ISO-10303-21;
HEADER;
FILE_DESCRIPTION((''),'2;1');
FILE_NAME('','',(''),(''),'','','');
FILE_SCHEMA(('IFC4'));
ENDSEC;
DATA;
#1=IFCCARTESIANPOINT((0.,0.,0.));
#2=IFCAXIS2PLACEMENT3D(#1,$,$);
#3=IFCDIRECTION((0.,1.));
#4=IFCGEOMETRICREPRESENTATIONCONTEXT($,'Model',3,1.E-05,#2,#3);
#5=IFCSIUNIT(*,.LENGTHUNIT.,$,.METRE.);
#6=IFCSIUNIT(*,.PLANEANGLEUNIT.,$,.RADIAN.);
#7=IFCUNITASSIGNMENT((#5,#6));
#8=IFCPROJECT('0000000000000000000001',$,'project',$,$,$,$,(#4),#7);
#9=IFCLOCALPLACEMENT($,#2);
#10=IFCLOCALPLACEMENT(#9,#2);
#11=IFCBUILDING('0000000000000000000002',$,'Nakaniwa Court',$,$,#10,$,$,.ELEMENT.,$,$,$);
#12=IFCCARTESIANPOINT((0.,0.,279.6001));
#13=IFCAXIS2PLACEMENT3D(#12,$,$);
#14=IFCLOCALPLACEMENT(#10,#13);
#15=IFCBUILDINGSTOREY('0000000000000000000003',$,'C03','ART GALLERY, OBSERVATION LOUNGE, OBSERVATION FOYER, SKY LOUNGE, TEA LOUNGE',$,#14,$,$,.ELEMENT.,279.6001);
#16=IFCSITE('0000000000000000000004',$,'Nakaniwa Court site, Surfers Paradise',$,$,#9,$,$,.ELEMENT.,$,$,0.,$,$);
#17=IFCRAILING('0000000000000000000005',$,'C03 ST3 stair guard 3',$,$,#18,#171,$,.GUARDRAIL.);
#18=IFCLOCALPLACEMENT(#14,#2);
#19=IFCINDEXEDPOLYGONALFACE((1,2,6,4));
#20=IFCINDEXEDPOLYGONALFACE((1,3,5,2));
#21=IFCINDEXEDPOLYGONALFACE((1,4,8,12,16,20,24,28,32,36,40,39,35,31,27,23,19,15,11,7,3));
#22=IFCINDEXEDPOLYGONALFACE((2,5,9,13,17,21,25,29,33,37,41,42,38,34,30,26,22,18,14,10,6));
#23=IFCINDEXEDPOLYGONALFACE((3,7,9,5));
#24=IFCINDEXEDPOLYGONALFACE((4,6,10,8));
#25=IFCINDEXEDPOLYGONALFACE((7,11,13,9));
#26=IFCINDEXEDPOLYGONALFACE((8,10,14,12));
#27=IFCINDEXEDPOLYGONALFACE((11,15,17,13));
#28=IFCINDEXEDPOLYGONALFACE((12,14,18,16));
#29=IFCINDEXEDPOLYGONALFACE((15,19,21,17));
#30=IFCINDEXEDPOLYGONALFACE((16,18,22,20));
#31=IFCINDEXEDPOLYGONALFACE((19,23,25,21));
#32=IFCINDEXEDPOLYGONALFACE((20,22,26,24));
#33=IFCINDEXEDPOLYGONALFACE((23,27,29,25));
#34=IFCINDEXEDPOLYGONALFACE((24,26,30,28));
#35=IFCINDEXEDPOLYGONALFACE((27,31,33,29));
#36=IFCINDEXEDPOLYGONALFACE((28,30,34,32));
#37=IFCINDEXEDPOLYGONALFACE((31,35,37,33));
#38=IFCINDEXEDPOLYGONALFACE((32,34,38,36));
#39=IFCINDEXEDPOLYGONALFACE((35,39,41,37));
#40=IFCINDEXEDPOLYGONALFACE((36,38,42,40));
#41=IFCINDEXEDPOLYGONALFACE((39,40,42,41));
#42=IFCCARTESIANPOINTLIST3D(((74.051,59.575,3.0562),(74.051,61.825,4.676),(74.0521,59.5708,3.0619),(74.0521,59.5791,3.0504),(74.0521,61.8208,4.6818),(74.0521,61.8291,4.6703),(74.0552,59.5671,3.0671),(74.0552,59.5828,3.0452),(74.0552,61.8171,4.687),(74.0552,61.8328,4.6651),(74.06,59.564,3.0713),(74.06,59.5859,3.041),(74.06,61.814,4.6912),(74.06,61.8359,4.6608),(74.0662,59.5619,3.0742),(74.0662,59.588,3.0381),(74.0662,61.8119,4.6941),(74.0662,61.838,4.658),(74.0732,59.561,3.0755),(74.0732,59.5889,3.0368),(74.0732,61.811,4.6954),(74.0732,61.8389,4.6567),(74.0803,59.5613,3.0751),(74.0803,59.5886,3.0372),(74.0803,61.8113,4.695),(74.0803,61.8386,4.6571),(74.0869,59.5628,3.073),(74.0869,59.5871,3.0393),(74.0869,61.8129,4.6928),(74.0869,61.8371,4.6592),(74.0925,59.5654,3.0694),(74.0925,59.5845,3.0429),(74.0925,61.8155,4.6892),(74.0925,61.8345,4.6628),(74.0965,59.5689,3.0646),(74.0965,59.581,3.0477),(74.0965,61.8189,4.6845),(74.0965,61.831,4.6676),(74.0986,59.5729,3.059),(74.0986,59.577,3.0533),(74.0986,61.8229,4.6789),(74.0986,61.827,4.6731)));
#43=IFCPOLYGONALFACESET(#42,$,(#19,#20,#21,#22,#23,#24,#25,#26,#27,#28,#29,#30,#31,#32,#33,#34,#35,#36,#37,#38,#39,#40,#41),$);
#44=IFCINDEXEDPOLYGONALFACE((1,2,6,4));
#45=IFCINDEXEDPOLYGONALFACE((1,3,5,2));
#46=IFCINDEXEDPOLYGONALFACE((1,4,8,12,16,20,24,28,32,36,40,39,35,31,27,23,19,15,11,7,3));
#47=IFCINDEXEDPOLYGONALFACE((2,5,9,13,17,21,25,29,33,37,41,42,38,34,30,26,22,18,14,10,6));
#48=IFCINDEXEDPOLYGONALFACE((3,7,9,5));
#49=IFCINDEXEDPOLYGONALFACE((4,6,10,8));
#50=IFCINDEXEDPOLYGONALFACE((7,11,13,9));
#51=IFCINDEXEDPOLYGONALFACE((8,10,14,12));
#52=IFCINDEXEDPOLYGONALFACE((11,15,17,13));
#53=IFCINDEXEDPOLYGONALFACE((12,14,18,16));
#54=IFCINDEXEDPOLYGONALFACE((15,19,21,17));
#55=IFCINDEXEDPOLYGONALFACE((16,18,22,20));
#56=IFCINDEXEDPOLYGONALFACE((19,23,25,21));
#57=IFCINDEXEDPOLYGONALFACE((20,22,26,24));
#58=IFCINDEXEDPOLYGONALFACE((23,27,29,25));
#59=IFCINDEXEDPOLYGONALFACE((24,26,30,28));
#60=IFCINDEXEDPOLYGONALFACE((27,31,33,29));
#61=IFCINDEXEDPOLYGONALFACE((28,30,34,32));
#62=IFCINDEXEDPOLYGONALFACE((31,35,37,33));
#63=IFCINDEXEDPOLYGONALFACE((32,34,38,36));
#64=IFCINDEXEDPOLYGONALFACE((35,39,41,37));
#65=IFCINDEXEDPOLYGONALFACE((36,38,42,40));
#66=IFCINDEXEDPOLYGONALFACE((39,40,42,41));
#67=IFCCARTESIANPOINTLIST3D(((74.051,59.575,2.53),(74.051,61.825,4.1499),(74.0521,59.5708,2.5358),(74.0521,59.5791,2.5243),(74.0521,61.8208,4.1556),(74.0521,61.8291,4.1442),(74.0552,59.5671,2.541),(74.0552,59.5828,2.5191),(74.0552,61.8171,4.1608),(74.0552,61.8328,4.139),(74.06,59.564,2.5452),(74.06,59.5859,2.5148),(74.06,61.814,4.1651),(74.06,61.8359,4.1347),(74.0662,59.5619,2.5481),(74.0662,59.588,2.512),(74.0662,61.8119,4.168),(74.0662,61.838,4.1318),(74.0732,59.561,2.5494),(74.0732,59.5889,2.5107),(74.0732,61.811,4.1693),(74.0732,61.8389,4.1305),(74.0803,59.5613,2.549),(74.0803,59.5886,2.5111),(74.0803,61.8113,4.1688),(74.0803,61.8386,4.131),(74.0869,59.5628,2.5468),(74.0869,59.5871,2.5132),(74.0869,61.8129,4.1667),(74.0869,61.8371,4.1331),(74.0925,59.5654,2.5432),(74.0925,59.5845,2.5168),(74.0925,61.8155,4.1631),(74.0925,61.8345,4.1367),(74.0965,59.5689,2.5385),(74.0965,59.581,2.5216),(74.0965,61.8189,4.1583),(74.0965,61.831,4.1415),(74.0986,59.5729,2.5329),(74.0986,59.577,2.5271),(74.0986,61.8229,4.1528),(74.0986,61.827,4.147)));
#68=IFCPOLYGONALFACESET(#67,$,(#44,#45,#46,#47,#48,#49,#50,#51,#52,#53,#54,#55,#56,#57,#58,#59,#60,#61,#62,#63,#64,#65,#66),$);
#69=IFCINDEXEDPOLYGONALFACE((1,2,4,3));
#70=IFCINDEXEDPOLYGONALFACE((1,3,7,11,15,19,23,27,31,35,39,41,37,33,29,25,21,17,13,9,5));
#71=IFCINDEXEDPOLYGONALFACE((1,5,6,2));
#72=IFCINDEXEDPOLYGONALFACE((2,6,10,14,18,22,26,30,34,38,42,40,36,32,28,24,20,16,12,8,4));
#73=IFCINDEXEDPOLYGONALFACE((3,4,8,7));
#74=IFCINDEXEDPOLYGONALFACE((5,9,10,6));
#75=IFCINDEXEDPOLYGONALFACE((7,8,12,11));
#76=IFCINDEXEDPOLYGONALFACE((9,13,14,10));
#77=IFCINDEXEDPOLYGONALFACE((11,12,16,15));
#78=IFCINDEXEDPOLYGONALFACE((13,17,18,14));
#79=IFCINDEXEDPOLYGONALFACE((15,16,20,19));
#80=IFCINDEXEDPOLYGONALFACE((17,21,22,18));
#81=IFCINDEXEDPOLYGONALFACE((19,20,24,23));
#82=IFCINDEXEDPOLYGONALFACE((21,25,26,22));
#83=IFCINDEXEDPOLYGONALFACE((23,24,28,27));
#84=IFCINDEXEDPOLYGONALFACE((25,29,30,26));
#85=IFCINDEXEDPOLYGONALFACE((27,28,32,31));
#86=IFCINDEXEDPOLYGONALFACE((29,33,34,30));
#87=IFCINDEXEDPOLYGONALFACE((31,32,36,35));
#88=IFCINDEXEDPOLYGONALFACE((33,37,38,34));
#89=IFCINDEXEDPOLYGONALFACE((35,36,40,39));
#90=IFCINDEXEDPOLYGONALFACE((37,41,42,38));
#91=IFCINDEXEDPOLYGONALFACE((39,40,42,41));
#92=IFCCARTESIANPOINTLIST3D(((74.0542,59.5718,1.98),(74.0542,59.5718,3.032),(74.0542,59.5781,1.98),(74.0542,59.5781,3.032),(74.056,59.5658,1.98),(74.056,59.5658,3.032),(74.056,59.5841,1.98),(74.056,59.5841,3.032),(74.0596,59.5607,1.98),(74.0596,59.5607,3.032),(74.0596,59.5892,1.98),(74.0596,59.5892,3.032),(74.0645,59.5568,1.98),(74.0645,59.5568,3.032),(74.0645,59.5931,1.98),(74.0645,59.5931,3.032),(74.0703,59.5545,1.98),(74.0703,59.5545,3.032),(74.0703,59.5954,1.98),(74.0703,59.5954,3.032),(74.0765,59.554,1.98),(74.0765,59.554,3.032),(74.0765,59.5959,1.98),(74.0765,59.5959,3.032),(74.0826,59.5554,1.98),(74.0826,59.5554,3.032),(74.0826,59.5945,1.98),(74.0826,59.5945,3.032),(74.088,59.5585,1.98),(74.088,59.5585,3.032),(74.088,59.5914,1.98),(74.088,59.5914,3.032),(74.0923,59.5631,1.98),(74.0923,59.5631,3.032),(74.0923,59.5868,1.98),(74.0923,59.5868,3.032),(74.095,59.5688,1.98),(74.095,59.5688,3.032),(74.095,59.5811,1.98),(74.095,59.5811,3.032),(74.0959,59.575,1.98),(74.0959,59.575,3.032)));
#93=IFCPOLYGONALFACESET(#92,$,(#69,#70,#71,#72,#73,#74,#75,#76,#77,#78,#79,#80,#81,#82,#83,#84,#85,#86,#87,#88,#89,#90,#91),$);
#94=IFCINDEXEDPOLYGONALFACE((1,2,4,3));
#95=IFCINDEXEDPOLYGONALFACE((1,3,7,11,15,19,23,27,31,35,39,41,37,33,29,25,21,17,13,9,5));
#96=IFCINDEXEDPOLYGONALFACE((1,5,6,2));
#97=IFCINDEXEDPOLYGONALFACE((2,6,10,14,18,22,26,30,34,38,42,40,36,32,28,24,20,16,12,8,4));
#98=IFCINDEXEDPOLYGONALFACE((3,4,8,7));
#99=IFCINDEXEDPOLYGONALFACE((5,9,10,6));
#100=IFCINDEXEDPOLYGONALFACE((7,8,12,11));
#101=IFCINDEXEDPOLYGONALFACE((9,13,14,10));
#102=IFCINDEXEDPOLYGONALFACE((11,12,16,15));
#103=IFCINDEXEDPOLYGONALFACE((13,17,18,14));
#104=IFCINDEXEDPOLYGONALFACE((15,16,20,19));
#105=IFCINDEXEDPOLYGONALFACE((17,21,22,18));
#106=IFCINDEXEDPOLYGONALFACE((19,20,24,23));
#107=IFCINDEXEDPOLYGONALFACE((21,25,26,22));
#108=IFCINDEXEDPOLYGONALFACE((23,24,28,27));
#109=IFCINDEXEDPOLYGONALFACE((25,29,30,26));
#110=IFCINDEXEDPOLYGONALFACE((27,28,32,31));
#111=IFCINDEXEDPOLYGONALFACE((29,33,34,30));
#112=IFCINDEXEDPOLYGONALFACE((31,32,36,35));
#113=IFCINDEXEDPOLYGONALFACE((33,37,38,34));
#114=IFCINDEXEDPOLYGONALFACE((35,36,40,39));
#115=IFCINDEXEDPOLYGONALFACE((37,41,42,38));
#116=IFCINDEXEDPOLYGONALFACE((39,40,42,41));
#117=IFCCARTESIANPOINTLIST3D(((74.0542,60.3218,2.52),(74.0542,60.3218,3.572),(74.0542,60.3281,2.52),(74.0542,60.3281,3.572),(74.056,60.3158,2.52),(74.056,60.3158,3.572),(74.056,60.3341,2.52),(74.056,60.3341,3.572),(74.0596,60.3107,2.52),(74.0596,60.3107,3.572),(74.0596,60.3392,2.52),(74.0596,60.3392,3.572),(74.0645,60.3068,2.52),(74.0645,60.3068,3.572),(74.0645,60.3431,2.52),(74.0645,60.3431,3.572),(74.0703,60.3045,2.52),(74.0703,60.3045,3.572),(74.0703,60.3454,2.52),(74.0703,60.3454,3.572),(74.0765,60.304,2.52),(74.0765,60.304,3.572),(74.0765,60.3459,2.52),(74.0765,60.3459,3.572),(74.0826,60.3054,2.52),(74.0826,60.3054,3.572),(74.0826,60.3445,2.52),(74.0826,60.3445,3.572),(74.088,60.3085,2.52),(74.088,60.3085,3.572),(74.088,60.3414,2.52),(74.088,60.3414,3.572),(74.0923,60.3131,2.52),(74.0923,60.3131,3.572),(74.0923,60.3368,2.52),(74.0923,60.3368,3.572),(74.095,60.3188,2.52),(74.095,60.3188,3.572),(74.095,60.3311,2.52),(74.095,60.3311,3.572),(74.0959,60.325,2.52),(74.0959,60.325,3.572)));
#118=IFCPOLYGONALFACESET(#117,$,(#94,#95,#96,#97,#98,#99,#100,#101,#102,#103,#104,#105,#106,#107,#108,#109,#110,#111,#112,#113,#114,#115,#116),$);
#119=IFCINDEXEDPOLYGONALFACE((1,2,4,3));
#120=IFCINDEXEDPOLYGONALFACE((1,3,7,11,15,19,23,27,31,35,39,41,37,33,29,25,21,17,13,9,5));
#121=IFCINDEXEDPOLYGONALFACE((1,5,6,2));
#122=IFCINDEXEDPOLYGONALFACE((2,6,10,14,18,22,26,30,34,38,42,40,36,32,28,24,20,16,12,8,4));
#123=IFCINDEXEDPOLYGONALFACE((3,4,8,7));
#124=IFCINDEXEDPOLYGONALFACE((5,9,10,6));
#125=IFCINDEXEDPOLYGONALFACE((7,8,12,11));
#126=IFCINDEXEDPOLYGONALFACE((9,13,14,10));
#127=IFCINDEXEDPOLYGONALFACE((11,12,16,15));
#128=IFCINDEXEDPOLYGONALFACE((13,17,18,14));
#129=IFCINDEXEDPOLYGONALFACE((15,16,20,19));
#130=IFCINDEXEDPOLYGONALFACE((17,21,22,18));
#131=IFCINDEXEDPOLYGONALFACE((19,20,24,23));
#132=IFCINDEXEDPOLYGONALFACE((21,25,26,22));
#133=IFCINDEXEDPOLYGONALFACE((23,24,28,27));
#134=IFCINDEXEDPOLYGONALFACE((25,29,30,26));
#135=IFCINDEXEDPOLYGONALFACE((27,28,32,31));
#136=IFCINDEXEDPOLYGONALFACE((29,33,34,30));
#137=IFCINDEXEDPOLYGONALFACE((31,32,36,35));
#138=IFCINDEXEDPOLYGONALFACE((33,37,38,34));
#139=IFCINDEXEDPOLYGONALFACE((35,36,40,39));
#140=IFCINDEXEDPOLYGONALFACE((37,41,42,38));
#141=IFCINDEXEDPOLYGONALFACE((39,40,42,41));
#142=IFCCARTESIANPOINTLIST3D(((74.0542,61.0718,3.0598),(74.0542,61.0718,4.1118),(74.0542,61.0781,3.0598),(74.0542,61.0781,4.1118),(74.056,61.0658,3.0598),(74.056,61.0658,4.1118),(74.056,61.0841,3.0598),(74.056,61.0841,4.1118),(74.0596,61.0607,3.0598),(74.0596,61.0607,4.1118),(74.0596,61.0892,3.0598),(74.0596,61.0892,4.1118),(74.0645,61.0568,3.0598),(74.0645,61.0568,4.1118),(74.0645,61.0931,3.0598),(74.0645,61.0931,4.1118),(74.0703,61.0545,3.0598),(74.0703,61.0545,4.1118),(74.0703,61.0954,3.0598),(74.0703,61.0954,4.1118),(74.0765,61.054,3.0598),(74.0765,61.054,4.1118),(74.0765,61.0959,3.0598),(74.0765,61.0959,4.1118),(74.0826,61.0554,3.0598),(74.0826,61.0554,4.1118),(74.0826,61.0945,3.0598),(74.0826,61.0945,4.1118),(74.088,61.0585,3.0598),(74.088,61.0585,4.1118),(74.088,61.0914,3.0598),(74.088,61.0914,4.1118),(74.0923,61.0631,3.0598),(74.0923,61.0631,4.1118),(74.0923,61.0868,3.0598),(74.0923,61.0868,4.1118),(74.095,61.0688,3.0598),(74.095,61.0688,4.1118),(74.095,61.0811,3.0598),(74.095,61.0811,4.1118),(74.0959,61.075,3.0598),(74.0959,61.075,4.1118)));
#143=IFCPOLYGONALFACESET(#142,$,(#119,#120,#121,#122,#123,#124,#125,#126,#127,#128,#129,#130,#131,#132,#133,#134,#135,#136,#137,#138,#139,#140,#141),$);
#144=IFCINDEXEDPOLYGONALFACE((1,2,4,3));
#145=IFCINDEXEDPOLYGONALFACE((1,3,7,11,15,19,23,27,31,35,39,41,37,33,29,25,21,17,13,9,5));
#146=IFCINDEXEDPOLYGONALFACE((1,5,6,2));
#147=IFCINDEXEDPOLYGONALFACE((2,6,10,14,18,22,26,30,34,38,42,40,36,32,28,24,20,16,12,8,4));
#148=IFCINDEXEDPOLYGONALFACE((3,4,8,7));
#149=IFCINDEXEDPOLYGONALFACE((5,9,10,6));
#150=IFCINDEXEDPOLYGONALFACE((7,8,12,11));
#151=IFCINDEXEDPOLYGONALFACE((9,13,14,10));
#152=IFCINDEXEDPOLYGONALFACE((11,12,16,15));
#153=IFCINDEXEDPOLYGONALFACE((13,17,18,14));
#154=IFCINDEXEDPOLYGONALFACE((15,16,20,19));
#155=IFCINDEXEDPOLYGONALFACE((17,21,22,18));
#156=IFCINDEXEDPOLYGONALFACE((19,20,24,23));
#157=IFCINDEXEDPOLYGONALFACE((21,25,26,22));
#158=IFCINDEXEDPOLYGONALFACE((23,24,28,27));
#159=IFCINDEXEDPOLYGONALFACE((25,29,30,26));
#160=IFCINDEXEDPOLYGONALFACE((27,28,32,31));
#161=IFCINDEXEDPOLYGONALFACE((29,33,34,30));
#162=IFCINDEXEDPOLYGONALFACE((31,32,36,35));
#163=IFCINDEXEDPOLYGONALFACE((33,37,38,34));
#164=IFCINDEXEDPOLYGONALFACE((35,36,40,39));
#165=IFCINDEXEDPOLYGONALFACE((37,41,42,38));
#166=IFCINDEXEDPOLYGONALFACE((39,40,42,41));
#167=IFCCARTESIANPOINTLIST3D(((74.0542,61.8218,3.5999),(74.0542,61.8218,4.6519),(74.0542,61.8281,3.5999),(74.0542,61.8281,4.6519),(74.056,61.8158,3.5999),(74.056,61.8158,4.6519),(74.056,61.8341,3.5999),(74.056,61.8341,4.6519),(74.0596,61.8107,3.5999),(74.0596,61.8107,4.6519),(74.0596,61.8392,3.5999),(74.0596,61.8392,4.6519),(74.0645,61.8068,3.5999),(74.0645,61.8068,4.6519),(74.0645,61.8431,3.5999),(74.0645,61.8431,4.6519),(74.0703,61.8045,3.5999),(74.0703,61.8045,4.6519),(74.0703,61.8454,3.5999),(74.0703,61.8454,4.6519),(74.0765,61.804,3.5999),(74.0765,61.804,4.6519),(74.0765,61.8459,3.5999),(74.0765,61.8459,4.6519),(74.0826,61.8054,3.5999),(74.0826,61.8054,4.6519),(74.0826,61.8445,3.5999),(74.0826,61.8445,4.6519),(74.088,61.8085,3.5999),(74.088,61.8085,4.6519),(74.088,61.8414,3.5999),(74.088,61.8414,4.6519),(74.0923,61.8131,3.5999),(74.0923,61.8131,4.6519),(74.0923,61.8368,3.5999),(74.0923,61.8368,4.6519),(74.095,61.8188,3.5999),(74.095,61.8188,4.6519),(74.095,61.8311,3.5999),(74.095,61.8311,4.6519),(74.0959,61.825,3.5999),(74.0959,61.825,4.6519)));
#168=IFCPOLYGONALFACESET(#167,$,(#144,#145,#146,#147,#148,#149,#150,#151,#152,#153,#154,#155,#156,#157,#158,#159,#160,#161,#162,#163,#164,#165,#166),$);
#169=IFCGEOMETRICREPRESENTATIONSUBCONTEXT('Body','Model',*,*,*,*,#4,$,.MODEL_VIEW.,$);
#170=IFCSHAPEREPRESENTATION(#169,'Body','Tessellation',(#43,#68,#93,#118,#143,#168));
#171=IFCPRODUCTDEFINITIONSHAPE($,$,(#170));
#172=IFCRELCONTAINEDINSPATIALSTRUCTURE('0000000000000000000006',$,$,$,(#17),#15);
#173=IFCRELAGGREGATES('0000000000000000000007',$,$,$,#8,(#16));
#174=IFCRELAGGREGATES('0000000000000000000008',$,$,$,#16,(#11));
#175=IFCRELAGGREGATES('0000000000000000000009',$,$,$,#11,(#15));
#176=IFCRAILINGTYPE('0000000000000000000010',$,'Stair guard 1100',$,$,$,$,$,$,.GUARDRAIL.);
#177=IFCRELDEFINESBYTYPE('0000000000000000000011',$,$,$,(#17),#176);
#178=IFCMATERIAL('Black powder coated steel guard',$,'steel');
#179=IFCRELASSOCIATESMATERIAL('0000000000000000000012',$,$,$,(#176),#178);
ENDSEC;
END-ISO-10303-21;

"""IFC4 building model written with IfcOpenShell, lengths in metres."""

from ifc_helpers import new_model, si_unit, direction, frame, origin, origin_2d, place, context, subcontext, project, spatial, circle, extrude, material, type_object, element, save


model = new_model("IFC4")

# Units and contexts
model_context = context("Model", 3, precision=1e-05, world=origin(), true_north=direction((0.0, 1.0)))
body_context = subcontext(model_context, "Body", "Model", "MODEL_VIEW")
ifc_project = project(units=[si_unit("LENGTHUNIT", "METRE"), si_unit("PLANEANGLEUNIT", "RADIAN")], contexts=[model_context])

# Site, building, storey
site_placement = place(None, origin())
site = spatial("IfcSite", under=ifc_project, at=site_placement, Name="Nakaniwa Court site, Surfers Paradise", CompositionType="ELEMENT", RefElevation=0.0)
building_placement = place(site_placement, origin())
building = spatial("IfcBuilding", under=site, at=building_placement, Name="Nakaniwa Court", CompositionType="ELEMENT")
storey_placement = place(building_placement, frame((0.0, 0.0, 279.6001)))
storey = spatial("IfcBuildingStorey", under=building, at=storey_placement, Name="C03", Description="ART GALLERY, OBSERVATION LOUNGE, OBSERVATION FOYER, SKY LOUNGE, TEA LOUNGE", CompositionType="ELEMENT", Elevation=279.6001)

# Railing
ifc_material_1 = material(Name="Black powder coated steel guard", Category="steel")
railing_type_1 = type_object("IfcRailingType", Name="Stair guard 1100", PredefinedType="GUARDRAIL", material=ifc_material_1)
railing_1_placement = place(storey_placement, frame((74.075, 59.575, 1.98)))
element("IfcRailing", 1, at=railing_1_placement, inside=storey, type_object=railing_type_1, Name="C03 ST3 stair guard 3", PredefinedType="GUARDRAIL", context=body_context, shape_type="SweptSolid", body=[
    extrude(circle(Radius=0.0239, at=origin_2d()), frame((0.0, 0.0, 1.0762), z_axis=(0.0, 0.811556, 0.584275), x_axis=(-1.0, 0.0, 0.0)), (0.0, 0.0, 1.0), 2.7725),
    extrude(circle(Radius=0.0239, at=origin_2d()), frame((0.0, 0.0, 0.55), z_axis=(0.0, 0.811556, 0.584275), x_axis=(-1.0, 0.0, 0.0)), (0.0, 0.0, 1.0), 2.7725),
    extrude(circle(Radius=0.021, at=origin_2d()), origin(), (0.0, 0.0, 1.0), 1.052),
    extrude(circle(Radius=0.021, at=origin_2d()), frame((0.0, 0.75, 0.54)), (0.0, 0.0, 1.0), 1.052),
    extrude(circle(Radius=0.021, at=origin_2d()), frame((0.0, 1.5, 1.0798)), (0.0, 0.0, 1.0), 1.052),
    extrude(circle(Radius=0.021, at=origin_2d()), frame((0.0, 2.25, 1.6199)), (0.0, 0.0, 1.0), 1.052),
])

save(model, "model.ifc")
